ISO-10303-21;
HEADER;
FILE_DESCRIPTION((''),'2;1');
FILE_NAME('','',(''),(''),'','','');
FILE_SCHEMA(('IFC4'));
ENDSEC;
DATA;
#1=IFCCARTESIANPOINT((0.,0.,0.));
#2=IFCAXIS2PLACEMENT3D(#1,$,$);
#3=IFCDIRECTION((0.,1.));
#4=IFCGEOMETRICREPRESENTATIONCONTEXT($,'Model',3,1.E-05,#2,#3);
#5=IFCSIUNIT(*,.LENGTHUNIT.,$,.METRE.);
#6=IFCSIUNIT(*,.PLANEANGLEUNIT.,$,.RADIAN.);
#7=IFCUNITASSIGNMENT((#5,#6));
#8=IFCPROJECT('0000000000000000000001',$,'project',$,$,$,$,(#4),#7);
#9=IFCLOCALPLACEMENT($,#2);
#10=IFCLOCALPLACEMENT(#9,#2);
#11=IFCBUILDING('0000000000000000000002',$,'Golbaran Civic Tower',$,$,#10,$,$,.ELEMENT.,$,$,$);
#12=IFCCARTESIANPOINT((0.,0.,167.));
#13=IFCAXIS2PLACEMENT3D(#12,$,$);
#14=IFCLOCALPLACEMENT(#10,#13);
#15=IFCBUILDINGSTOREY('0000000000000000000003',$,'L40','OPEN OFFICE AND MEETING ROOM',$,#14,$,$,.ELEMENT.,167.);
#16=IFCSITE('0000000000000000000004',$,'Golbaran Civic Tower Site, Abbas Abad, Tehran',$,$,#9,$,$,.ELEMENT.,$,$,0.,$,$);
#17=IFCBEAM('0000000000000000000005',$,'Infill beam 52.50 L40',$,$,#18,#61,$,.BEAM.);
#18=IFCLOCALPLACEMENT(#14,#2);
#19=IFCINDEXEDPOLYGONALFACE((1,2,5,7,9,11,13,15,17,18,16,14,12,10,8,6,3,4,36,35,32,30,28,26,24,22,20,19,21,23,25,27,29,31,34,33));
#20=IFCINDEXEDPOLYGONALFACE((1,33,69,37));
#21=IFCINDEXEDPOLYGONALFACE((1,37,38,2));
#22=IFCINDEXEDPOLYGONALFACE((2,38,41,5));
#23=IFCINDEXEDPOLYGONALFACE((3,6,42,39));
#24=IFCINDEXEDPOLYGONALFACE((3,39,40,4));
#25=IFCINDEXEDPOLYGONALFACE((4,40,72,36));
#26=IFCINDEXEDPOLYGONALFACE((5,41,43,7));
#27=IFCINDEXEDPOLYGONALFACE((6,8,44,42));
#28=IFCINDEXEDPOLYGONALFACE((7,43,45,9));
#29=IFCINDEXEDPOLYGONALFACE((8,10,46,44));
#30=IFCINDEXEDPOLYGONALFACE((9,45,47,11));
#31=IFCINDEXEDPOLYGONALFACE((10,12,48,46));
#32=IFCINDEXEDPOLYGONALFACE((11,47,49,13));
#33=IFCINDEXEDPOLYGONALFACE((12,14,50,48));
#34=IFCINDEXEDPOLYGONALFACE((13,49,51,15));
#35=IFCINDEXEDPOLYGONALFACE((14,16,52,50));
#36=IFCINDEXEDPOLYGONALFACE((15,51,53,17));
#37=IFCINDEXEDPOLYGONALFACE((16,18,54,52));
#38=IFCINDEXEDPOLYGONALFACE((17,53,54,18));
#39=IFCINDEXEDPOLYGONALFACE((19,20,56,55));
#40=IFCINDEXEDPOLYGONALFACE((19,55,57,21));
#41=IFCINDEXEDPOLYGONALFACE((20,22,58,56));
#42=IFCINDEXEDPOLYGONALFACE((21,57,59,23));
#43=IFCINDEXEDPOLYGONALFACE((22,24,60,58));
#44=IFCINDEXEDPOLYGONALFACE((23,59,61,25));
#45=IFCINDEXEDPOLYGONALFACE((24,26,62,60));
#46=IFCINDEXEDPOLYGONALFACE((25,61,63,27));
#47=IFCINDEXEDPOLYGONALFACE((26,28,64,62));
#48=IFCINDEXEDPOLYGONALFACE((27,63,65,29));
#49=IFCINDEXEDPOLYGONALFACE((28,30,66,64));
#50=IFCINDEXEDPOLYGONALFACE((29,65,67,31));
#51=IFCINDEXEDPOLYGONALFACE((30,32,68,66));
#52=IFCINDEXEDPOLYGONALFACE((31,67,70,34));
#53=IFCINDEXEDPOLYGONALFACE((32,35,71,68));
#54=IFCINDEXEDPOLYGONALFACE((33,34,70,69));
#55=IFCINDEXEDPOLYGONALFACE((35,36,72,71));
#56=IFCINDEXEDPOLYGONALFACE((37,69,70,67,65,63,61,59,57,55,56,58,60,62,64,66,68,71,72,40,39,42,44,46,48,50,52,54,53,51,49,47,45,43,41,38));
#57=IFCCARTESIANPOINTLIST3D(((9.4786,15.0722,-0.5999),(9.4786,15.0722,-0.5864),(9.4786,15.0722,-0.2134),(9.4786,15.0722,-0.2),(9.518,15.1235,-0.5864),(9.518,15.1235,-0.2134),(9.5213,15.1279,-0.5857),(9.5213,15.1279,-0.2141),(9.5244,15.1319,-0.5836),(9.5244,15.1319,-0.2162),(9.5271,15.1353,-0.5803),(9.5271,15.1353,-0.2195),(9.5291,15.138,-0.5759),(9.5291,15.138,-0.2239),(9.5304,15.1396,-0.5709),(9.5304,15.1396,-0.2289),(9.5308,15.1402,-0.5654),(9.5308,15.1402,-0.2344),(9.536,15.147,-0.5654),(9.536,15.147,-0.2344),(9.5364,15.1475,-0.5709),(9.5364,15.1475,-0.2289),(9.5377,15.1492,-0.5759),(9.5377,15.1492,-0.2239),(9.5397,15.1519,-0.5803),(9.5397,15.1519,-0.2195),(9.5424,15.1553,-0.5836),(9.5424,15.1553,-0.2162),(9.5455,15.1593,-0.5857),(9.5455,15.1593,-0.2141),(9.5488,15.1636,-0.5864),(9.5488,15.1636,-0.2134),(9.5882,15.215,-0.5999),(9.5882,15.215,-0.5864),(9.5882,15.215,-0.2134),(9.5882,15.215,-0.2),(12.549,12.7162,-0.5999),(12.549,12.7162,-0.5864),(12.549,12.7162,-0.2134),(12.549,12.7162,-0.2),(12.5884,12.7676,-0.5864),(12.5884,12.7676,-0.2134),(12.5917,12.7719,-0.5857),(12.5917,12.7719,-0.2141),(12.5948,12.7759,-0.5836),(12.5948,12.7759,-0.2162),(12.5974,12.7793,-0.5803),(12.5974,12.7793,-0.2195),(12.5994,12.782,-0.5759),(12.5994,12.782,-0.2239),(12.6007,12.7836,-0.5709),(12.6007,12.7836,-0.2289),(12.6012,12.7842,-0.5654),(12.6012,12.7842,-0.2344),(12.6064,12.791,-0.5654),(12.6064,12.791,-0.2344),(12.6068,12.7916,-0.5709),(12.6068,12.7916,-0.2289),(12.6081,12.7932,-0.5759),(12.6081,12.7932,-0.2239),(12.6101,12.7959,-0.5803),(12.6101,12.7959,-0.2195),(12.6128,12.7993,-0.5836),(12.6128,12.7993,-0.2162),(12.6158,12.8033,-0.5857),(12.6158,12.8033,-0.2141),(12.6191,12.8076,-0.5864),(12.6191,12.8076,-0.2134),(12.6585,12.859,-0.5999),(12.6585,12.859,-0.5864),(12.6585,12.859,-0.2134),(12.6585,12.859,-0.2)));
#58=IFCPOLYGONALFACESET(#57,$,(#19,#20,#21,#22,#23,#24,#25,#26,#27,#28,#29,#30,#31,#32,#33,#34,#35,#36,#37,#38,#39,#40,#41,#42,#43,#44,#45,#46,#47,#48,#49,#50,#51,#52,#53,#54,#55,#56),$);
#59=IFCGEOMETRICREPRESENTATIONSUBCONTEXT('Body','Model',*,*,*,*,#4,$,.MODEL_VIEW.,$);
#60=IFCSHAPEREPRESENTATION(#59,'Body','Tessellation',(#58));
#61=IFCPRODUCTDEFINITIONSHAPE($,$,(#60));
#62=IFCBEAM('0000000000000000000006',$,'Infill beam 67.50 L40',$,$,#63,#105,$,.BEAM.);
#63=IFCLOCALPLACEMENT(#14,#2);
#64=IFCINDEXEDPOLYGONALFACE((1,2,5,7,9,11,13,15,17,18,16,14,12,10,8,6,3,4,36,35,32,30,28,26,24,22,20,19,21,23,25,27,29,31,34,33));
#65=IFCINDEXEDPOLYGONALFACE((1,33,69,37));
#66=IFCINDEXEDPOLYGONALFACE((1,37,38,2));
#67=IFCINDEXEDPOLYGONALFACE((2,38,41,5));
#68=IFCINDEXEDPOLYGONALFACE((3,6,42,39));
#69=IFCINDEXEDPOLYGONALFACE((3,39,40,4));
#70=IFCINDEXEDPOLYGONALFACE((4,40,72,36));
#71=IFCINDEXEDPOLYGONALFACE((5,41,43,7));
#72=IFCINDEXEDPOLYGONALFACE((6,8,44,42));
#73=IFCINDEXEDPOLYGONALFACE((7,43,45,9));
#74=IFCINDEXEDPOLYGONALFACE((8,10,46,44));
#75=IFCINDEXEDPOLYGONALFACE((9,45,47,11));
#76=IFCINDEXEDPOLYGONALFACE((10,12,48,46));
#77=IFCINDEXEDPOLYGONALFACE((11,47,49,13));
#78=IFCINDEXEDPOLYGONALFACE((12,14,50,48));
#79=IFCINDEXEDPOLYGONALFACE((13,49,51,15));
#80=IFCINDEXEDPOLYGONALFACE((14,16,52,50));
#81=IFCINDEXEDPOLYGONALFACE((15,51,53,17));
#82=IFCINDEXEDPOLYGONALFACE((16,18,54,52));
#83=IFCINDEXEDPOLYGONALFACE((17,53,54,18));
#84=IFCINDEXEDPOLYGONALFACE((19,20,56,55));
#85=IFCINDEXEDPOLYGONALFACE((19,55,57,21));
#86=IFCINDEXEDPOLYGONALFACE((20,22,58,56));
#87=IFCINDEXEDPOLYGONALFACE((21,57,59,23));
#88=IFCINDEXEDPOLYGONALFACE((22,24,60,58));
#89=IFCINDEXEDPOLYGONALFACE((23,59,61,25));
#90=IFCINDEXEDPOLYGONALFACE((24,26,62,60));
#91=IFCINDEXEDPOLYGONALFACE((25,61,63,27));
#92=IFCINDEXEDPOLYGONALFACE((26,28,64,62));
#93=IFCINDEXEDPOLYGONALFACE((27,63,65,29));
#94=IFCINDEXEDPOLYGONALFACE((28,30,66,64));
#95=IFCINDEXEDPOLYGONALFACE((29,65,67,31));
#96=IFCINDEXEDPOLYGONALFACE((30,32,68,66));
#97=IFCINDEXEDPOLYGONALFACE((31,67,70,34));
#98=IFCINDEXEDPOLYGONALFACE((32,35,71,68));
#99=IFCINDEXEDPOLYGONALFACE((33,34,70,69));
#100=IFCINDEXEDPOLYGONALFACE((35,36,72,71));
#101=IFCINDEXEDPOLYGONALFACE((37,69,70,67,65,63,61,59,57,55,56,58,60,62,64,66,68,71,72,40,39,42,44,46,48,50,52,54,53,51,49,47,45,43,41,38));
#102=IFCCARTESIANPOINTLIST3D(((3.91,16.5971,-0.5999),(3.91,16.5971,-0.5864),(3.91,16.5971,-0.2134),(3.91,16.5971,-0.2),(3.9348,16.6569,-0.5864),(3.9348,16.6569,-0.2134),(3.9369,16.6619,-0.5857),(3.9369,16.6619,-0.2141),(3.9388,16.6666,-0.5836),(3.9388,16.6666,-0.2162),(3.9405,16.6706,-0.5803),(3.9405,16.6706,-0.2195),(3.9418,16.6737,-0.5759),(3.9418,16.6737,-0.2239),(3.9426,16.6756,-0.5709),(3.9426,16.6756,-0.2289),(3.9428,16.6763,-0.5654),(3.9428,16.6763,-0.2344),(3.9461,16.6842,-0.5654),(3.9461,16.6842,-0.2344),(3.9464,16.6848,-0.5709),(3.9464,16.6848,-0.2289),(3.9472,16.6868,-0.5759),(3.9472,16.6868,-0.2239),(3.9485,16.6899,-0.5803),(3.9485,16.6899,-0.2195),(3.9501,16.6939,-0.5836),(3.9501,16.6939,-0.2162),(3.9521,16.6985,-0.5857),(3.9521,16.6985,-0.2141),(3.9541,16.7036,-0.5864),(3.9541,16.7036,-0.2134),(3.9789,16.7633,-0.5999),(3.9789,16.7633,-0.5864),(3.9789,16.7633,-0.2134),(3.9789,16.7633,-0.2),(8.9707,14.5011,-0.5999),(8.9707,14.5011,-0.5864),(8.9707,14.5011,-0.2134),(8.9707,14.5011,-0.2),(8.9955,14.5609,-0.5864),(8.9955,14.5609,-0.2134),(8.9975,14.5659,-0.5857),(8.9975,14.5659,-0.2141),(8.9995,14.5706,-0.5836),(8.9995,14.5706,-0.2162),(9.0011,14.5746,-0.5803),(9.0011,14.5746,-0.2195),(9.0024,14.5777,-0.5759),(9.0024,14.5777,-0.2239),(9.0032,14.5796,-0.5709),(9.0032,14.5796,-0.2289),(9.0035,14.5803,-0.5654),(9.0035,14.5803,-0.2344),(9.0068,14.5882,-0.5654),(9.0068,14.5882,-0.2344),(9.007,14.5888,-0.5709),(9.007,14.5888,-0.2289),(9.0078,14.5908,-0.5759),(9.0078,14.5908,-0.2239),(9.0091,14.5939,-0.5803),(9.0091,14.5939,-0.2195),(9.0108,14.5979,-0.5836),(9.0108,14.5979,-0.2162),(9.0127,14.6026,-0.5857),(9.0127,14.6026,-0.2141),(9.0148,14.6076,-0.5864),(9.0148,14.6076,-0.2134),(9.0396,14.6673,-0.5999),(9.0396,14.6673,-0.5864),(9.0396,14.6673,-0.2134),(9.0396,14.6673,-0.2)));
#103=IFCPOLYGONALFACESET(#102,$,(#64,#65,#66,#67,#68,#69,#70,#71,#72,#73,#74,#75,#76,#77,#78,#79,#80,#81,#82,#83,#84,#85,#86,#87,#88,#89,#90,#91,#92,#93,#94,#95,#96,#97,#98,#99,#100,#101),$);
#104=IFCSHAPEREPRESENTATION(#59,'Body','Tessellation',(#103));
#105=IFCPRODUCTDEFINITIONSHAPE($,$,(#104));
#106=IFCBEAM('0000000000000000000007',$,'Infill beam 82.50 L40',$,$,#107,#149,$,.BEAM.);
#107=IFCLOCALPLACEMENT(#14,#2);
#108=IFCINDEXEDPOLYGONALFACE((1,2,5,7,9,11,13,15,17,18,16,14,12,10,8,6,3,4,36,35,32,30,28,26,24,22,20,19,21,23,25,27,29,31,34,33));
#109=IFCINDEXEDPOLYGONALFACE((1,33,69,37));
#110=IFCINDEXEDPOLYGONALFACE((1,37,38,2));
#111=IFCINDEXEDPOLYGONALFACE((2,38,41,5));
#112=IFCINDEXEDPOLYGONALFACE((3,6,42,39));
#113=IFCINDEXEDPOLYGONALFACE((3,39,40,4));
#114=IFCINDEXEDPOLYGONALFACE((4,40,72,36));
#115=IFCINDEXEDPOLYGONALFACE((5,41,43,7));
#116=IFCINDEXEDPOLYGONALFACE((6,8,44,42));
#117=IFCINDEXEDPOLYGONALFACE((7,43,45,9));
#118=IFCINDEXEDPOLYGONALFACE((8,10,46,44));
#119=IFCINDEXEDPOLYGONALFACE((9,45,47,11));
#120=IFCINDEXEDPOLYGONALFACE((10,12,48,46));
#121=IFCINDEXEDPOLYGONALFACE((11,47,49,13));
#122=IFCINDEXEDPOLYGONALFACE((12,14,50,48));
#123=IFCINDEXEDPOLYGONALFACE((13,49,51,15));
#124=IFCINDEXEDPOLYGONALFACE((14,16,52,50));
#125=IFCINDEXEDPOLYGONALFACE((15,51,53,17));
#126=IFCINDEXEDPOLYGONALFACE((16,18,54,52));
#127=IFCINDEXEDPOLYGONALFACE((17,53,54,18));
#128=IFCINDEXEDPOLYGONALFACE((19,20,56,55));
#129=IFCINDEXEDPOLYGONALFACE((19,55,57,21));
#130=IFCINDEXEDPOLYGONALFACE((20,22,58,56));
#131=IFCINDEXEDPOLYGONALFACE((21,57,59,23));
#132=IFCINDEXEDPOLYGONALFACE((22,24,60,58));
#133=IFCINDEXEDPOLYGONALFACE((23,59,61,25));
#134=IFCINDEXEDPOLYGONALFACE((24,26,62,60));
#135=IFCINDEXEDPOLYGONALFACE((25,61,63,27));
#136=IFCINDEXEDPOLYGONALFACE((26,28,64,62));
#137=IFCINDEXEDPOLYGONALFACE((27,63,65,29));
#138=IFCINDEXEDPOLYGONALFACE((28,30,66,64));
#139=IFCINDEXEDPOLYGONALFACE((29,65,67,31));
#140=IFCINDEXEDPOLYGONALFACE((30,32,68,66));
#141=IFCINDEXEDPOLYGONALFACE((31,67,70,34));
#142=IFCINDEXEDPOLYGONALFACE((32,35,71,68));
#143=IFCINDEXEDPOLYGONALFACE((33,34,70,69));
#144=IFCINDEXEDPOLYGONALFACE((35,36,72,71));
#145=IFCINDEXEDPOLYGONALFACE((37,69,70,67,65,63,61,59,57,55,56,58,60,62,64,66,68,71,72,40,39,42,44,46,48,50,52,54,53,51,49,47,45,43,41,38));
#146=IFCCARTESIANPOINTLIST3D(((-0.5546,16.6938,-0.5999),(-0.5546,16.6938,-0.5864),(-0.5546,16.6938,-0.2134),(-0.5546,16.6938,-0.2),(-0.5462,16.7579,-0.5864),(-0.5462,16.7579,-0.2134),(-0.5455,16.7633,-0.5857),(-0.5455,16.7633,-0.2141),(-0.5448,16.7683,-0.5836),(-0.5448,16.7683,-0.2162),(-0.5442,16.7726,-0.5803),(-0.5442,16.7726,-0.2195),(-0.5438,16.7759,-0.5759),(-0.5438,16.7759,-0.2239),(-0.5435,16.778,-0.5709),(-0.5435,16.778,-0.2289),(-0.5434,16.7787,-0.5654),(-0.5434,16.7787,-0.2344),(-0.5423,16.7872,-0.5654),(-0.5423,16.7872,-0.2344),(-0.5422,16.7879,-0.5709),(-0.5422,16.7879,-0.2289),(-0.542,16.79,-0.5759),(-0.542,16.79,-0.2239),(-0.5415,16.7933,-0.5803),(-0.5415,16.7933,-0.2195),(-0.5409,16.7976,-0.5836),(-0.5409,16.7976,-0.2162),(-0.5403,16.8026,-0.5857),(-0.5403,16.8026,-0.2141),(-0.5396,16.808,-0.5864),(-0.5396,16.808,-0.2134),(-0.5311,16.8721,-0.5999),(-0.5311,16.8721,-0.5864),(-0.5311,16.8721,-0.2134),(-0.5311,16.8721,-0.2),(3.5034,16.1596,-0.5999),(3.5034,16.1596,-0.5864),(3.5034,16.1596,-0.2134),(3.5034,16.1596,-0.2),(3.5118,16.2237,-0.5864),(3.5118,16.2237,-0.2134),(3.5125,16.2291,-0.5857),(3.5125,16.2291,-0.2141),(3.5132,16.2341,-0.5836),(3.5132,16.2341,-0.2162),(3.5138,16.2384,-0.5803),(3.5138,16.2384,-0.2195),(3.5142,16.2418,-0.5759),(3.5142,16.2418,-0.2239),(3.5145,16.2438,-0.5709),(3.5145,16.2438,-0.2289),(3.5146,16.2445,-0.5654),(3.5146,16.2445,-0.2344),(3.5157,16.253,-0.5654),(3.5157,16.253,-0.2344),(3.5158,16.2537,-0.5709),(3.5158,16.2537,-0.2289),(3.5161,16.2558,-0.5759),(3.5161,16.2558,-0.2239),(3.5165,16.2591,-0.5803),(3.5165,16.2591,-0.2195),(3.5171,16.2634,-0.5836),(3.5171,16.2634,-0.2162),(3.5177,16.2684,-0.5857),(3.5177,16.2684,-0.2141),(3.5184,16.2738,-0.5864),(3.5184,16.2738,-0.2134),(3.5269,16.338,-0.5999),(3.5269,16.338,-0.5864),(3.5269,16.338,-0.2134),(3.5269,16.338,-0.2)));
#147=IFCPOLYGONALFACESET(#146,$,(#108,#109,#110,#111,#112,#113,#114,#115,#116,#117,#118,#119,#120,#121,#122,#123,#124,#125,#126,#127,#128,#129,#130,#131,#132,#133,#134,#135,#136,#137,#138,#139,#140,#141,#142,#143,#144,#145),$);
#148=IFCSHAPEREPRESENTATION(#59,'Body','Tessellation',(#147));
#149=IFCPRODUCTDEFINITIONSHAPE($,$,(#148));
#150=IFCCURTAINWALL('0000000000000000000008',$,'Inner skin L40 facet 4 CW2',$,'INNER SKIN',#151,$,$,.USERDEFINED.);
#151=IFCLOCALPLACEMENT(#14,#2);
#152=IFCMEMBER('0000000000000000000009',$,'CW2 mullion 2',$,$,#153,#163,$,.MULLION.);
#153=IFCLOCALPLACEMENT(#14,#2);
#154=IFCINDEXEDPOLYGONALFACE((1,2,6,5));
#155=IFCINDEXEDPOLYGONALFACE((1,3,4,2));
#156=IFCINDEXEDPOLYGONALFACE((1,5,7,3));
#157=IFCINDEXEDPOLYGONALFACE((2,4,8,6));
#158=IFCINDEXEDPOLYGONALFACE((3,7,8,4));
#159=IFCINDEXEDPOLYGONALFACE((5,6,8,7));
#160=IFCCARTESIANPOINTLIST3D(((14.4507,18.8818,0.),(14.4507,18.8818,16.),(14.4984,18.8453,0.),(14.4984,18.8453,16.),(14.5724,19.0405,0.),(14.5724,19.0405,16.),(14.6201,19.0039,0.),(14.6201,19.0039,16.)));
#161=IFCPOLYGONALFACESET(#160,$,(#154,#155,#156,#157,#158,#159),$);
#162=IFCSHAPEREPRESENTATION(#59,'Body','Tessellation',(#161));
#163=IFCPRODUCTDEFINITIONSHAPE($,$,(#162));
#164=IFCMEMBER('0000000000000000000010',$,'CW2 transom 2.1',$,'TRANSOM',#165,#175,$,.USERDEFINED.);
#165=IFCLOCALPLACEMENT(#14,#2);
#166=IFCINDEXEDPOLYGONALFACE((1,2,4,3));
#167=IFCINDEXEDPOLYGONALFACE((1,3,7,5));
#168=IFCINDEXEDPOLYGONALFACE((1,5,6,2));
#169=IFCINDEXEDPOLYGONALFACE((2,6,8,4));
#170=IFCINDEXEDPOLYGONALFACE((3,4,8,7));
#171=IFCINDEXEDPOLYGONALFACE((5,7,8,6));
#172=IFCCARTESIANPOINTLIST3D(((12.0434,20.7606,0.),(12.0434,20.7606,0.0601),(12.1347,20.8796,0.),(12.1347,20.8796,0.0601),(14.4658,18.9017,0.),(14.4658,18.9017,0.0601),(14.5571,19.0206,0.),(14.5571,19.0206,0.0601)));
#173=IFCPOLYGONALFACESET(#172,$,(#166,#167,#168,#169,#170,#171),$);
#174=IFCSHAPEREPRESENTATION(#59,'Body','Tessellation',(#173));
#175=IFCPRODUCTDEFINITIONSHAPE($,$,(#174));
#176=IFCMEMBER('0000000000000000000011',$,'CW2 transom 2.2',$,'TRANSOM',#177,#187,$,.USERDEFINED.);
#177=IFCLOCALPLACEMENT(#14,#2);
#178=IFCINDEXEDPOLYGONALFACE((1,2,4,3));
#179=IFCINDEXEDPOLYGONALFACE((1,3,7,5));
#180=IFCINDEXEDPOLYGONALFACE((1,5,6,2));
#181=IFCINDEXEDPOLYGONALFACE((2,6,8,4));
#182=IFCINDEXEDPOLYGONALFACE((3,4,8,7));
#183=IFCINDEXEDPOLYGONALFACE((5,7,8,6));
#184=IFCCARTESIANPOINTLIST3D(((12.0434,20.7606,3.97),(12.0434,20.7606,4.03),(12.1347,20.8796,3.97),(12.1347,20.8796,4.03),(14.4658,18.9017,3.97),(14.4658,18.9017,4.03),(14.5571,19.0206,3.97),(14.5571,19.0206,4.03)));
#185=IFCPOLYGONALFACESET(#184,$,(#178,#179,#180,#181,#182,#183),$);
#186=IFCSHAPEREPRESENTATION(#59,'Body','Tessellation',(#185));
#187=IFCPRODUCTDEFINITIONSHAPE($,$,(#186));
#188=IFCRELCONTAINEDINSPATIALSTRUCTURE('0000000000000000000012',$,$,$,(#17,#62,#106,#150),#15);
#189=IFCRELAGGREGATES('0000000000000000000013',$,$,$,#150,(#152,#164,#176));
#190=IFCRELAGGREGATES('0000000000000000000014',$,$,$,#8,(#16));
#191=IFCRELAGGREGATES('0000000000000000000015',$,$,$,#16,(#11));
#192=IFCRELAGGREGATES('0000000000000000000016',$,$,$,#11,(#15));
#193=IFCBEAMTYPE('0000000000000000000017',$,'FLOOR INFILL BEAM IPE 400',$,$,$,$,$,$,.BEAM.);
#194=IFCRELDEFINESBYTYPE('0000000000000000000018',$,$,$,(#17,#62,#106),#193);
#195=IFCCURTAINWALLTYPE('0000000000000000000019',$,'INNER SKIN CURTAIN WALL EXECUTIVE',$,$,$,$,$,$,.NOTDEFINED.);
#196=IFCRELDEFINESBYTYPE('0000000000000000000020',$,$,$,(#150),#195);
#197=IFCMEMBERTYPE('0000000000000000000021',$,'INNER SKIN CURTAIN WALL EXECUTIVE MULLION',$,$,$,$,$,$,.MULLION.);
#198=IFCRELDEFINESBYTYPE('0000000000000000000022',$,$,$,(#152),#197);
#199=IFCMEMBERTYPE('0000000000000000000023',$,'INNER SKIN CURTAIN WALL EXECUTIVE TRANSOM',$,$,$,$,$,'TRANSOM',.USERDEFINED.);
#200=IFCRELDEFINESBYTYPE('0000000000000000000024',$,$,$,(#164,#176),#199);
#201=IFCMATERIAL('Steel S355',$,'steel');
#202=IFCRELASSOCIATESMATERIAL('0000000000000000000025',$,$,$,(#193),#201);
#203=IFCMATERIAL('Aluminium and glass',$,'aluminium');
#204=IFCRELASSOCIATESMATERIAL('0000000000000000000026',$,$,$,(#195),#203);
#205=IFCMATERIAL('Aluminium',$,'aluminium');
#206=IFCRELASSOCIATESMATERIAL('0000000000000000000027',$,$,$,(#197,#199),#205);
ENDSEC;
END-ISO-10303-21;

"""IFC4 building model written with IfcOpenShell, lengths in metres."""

from ifc_helpers import new_model, si_unit, direction, frame, origin, origin_2d, place, context, subcontext, project, spatial, rectangle, i_section, extrude, material, material_profile, profile_set, type_object, element, aggregate, save


model = new_model("IFC4")

# Units and contexts
model_context = context("Model", 3, precision=1e-05, world=origin(), true_north=direction((0.0, 1.0)))
body_context = subcontext(model_context, "Body", "Model", "MODEL_VIEW")
ifc_project = project(units=[si_unit("LENGTHUNIT", "METRE"), si_unit("PLANEANGLEUNIT", "RADIAN")], contexts=[model_context])

# Site, building, storey
site_placement = place(None, origin())
site = spatial("IfcSite", under=ifc_project, at=site_placement, Name="Golbaran Civic Tower Site, Abbas Abad, Tehran", CompositionType="ELEMENT", RefElevation=0.0)
building_placement = place(site_placement, origin())
building = spatial("IfcBuilding", under=site, at=building_placement, Name="Golbaran Civic Tower", CompositionType="ELEMENT")
storey_placement = place(building_placement, frame((0.0, 0.0, 167.0)))
storey = spatial("IfcBuildingStorey", under=building, at=storey_placement, Name="L40", Description="OPEN OFFICE AND MEETING ROOM", CompositionType="ELEMENT", Elevation=167.0)

# Beams
ifc_material_1 = material(Name="Steel S355", Category="steel")
ifc_material_profile_1 = material_profile(ifc_material_1, i_section(OverallWidth=0.1799, OverallDepth=0.3999, WebThickness=0.0085, FlangeThickness=0.0134, FilletRadius=0.021, at=origin_2d()), Name="IPE 400")
ifc_profile_set_1 = profile_set([ifc_material_profile_1], Name="Steel S355")
beam_type_1 = type_object("IfcBeamType", Name="FLOOR INFILL BEAM IPE 400", PredefinedType="BEAM", material=ifc_profile_set_1)
beam_1_placement = place(storey_placement, frame((12.6038, 12.7876, -0.3999), z_axis=(-0.79335, 0.608765, 0.0), x_axis=(-0.608765, -0.79335, 0.0)))
element("IfcBeam", 1, at=beam_1_placement, inside=storey, type_object=beam_type_1, Name="Infill beam 52.50 L40", PredefinedType="BEAM", context=body_context, shape_type="SweptSolid", body=[
    extrude(i_section(OverallWidth=0.1799, OverallDepth=0.3999, WebThickness=0.0085, FlangeThickness=0.0134, FilletRadius=0.021, at=origin_2d()), origin(), (0.0, 0.0, 1.0), 3.8701),
])
beam_2_placement = place(storey_placement, frame((9.0051, 14.5842, -0.3999), z_axis=(-0.923892, 0.382652, 0.0), x_axis=(-0.382652, -0.923892, 0.0)))
element("IfcBeam", 2, at=beam_2_placement, inside=storey, type_object=beam_type_1, Name="Infill beam 67.50 L40", PredefinedType="BEAM", context=body_context, shape_type="SweptSolid", body=[
    extrude(i_section(OverallWidth=0.1799, OverallDepth=0.3999, WebThickness=0.0085, FlangeThickness=0.0134, FilletRadius=0.021, at=origin_2d()), origin(), (0.0, 0.0, 1.0), 5.4775),
])
beam_3_placement = place(storey_placement, frame((3.5151, 16.2488, -0.3999), z_axis=(-0.991447, 0.130507, 0.0), x_axis=(-0.130507, -0.991447, 0.0)))
element("IfcBeam", 3, at=beam_3_placement, inside=storey, type_object=beam_type_1, Name="Infill beam 82.50 L40", PredefinedType="BEAM", context=body_context, shape_type="SweptSolid", body=[
    extrude(i_section(OverallWidth=0.1799, OverallDepth=0.3999, WebThickness=0.0085, FlangeThickness=0.0134, FilletRadius=0.021, at=origin_2d()), origin(), (0.0, 0.0, 1.0), 4.093),
])

# Curtain wall, members
ifc_material_2 = material(Name="Aluminium and glass", Category="aluminium")
curtain_wall_type = type_object("IfcCurtainWallType", Name="INNER SKIN CURTAIN WALL EXECUTIVE", PredefinedType="NOTDEFINED", material=ifc_material_2)
curtain_wall_placement = place(storey_placement, origin())
curtain_wall = element("IfcCurtainWall", 4, at=curtain_wall_placement, inside=storey, type_object=curtain_wall_type, Name="Inner skin L40 facet 4 CW2", ObjectType="INNER SKIN", PredefinedType="USERDEFINED")
ifc_material_3 = material(Name="Aluminium", Category="aluminium")
ifc_material_profile_2 = material_profile(ifc_material_3, rectangle(XDim=0.2, YDim=0.0601, at=origin_2d()), Name="INNER SKIN CURTAIN WALL EXECUTIVE MULLION")
ifc_profile_set_2 = profile_set([ifc_material_profile_2], Name="Aluminium")
member_type_1 = type_object("IfcMemberType", Name="INNER SKIN CURTAIN WALL EXECUTIVE MULLION", PredefinedType="MULLION", material=ifc_profile_set_2)
member_1_placement = place(storey_placement, frame((14.5354, 18.9429, 0.0), z_axis=(0.0, 0.0, 1.0), x_axis=(-0.608761, -0.793353, 0.0)))
member_1 = element("IfcMember", 5, at=member_1_placement, type_object=member_type_1, Name="CW2 mullion 2", PredefinedType="MULLION", context=body_context, shape_type="SweptSolid", body=[
    extrude(rectangle(XDim=0.2, YDim=0.0601, at=origin_2d()), origin(), (0.0, 0.0, 1.0), 16.0),
])
ifc_material_profile_3 = material_profile(ifc_material_3, rectangle(XDim=0.1499, YDim=0.0601, at=origin_2d()), Name="INNER SKIN CURTAIN WALL EXECUTIVE TRANSOM")
ifc_profile_set_3 = profile_set([ifc_material_profile_3], Name="Aluminium")
member_type_2 = type_object("IfcMemberType", Name="INNER SKIN CURTAIN WALL EXECUTIVE TRANSOM", ElementType="TRANSOM", PredefinedType="USERDEFINED", material=ifc_profile_set_3)
member_2_placement = place(storey_placement, frame((14.5115, 18.9612, 0.03), z_axis=(-0.793331, 0.608791, 0.0), x_axis=(-0.608791, -0.793331, 0.0)))
member_2 = element("IfcMember", 6, at=member_2_placement, type_object=member_type_2, Name="CW2 transom 2.1", ObjectType="TRANSOM", PredefinedType="USERDEFINED", context=body_context, shape_type="SweptSolid", body=[
    extrude(rectangle(XDim=0.1499, YDim=0.0601, at=origin_2d()), origin(), (0.0, 0.0, 1.0), 3.0535),
])
member_3_placement = place(storey_placement, frame((14.5115, 18.9612, 4.0), z_axis=(-0.793331, 0.608791, 0.0), x_axis=(-0.608791, -0.793331, 0.0)))
member_3 = element("IfcMember", 7, at=member_3_placement, type_object=member_type_2, Name="CW2 transom 2.2", ObjectType="TRANSOM", PredefinedType="USERDEFINED", context=body_context, shape_type="SweptSolid", body=[
    extrude(rectangle(XDim=0.1499, YDim=0.0601, at=origin_2d()), origin(), (0.0, 0.0, 1.0), 3.0535),
])

aggregate(curtain_wall, [member_1, member_2, member_3])

save(model, "model.ifc")
